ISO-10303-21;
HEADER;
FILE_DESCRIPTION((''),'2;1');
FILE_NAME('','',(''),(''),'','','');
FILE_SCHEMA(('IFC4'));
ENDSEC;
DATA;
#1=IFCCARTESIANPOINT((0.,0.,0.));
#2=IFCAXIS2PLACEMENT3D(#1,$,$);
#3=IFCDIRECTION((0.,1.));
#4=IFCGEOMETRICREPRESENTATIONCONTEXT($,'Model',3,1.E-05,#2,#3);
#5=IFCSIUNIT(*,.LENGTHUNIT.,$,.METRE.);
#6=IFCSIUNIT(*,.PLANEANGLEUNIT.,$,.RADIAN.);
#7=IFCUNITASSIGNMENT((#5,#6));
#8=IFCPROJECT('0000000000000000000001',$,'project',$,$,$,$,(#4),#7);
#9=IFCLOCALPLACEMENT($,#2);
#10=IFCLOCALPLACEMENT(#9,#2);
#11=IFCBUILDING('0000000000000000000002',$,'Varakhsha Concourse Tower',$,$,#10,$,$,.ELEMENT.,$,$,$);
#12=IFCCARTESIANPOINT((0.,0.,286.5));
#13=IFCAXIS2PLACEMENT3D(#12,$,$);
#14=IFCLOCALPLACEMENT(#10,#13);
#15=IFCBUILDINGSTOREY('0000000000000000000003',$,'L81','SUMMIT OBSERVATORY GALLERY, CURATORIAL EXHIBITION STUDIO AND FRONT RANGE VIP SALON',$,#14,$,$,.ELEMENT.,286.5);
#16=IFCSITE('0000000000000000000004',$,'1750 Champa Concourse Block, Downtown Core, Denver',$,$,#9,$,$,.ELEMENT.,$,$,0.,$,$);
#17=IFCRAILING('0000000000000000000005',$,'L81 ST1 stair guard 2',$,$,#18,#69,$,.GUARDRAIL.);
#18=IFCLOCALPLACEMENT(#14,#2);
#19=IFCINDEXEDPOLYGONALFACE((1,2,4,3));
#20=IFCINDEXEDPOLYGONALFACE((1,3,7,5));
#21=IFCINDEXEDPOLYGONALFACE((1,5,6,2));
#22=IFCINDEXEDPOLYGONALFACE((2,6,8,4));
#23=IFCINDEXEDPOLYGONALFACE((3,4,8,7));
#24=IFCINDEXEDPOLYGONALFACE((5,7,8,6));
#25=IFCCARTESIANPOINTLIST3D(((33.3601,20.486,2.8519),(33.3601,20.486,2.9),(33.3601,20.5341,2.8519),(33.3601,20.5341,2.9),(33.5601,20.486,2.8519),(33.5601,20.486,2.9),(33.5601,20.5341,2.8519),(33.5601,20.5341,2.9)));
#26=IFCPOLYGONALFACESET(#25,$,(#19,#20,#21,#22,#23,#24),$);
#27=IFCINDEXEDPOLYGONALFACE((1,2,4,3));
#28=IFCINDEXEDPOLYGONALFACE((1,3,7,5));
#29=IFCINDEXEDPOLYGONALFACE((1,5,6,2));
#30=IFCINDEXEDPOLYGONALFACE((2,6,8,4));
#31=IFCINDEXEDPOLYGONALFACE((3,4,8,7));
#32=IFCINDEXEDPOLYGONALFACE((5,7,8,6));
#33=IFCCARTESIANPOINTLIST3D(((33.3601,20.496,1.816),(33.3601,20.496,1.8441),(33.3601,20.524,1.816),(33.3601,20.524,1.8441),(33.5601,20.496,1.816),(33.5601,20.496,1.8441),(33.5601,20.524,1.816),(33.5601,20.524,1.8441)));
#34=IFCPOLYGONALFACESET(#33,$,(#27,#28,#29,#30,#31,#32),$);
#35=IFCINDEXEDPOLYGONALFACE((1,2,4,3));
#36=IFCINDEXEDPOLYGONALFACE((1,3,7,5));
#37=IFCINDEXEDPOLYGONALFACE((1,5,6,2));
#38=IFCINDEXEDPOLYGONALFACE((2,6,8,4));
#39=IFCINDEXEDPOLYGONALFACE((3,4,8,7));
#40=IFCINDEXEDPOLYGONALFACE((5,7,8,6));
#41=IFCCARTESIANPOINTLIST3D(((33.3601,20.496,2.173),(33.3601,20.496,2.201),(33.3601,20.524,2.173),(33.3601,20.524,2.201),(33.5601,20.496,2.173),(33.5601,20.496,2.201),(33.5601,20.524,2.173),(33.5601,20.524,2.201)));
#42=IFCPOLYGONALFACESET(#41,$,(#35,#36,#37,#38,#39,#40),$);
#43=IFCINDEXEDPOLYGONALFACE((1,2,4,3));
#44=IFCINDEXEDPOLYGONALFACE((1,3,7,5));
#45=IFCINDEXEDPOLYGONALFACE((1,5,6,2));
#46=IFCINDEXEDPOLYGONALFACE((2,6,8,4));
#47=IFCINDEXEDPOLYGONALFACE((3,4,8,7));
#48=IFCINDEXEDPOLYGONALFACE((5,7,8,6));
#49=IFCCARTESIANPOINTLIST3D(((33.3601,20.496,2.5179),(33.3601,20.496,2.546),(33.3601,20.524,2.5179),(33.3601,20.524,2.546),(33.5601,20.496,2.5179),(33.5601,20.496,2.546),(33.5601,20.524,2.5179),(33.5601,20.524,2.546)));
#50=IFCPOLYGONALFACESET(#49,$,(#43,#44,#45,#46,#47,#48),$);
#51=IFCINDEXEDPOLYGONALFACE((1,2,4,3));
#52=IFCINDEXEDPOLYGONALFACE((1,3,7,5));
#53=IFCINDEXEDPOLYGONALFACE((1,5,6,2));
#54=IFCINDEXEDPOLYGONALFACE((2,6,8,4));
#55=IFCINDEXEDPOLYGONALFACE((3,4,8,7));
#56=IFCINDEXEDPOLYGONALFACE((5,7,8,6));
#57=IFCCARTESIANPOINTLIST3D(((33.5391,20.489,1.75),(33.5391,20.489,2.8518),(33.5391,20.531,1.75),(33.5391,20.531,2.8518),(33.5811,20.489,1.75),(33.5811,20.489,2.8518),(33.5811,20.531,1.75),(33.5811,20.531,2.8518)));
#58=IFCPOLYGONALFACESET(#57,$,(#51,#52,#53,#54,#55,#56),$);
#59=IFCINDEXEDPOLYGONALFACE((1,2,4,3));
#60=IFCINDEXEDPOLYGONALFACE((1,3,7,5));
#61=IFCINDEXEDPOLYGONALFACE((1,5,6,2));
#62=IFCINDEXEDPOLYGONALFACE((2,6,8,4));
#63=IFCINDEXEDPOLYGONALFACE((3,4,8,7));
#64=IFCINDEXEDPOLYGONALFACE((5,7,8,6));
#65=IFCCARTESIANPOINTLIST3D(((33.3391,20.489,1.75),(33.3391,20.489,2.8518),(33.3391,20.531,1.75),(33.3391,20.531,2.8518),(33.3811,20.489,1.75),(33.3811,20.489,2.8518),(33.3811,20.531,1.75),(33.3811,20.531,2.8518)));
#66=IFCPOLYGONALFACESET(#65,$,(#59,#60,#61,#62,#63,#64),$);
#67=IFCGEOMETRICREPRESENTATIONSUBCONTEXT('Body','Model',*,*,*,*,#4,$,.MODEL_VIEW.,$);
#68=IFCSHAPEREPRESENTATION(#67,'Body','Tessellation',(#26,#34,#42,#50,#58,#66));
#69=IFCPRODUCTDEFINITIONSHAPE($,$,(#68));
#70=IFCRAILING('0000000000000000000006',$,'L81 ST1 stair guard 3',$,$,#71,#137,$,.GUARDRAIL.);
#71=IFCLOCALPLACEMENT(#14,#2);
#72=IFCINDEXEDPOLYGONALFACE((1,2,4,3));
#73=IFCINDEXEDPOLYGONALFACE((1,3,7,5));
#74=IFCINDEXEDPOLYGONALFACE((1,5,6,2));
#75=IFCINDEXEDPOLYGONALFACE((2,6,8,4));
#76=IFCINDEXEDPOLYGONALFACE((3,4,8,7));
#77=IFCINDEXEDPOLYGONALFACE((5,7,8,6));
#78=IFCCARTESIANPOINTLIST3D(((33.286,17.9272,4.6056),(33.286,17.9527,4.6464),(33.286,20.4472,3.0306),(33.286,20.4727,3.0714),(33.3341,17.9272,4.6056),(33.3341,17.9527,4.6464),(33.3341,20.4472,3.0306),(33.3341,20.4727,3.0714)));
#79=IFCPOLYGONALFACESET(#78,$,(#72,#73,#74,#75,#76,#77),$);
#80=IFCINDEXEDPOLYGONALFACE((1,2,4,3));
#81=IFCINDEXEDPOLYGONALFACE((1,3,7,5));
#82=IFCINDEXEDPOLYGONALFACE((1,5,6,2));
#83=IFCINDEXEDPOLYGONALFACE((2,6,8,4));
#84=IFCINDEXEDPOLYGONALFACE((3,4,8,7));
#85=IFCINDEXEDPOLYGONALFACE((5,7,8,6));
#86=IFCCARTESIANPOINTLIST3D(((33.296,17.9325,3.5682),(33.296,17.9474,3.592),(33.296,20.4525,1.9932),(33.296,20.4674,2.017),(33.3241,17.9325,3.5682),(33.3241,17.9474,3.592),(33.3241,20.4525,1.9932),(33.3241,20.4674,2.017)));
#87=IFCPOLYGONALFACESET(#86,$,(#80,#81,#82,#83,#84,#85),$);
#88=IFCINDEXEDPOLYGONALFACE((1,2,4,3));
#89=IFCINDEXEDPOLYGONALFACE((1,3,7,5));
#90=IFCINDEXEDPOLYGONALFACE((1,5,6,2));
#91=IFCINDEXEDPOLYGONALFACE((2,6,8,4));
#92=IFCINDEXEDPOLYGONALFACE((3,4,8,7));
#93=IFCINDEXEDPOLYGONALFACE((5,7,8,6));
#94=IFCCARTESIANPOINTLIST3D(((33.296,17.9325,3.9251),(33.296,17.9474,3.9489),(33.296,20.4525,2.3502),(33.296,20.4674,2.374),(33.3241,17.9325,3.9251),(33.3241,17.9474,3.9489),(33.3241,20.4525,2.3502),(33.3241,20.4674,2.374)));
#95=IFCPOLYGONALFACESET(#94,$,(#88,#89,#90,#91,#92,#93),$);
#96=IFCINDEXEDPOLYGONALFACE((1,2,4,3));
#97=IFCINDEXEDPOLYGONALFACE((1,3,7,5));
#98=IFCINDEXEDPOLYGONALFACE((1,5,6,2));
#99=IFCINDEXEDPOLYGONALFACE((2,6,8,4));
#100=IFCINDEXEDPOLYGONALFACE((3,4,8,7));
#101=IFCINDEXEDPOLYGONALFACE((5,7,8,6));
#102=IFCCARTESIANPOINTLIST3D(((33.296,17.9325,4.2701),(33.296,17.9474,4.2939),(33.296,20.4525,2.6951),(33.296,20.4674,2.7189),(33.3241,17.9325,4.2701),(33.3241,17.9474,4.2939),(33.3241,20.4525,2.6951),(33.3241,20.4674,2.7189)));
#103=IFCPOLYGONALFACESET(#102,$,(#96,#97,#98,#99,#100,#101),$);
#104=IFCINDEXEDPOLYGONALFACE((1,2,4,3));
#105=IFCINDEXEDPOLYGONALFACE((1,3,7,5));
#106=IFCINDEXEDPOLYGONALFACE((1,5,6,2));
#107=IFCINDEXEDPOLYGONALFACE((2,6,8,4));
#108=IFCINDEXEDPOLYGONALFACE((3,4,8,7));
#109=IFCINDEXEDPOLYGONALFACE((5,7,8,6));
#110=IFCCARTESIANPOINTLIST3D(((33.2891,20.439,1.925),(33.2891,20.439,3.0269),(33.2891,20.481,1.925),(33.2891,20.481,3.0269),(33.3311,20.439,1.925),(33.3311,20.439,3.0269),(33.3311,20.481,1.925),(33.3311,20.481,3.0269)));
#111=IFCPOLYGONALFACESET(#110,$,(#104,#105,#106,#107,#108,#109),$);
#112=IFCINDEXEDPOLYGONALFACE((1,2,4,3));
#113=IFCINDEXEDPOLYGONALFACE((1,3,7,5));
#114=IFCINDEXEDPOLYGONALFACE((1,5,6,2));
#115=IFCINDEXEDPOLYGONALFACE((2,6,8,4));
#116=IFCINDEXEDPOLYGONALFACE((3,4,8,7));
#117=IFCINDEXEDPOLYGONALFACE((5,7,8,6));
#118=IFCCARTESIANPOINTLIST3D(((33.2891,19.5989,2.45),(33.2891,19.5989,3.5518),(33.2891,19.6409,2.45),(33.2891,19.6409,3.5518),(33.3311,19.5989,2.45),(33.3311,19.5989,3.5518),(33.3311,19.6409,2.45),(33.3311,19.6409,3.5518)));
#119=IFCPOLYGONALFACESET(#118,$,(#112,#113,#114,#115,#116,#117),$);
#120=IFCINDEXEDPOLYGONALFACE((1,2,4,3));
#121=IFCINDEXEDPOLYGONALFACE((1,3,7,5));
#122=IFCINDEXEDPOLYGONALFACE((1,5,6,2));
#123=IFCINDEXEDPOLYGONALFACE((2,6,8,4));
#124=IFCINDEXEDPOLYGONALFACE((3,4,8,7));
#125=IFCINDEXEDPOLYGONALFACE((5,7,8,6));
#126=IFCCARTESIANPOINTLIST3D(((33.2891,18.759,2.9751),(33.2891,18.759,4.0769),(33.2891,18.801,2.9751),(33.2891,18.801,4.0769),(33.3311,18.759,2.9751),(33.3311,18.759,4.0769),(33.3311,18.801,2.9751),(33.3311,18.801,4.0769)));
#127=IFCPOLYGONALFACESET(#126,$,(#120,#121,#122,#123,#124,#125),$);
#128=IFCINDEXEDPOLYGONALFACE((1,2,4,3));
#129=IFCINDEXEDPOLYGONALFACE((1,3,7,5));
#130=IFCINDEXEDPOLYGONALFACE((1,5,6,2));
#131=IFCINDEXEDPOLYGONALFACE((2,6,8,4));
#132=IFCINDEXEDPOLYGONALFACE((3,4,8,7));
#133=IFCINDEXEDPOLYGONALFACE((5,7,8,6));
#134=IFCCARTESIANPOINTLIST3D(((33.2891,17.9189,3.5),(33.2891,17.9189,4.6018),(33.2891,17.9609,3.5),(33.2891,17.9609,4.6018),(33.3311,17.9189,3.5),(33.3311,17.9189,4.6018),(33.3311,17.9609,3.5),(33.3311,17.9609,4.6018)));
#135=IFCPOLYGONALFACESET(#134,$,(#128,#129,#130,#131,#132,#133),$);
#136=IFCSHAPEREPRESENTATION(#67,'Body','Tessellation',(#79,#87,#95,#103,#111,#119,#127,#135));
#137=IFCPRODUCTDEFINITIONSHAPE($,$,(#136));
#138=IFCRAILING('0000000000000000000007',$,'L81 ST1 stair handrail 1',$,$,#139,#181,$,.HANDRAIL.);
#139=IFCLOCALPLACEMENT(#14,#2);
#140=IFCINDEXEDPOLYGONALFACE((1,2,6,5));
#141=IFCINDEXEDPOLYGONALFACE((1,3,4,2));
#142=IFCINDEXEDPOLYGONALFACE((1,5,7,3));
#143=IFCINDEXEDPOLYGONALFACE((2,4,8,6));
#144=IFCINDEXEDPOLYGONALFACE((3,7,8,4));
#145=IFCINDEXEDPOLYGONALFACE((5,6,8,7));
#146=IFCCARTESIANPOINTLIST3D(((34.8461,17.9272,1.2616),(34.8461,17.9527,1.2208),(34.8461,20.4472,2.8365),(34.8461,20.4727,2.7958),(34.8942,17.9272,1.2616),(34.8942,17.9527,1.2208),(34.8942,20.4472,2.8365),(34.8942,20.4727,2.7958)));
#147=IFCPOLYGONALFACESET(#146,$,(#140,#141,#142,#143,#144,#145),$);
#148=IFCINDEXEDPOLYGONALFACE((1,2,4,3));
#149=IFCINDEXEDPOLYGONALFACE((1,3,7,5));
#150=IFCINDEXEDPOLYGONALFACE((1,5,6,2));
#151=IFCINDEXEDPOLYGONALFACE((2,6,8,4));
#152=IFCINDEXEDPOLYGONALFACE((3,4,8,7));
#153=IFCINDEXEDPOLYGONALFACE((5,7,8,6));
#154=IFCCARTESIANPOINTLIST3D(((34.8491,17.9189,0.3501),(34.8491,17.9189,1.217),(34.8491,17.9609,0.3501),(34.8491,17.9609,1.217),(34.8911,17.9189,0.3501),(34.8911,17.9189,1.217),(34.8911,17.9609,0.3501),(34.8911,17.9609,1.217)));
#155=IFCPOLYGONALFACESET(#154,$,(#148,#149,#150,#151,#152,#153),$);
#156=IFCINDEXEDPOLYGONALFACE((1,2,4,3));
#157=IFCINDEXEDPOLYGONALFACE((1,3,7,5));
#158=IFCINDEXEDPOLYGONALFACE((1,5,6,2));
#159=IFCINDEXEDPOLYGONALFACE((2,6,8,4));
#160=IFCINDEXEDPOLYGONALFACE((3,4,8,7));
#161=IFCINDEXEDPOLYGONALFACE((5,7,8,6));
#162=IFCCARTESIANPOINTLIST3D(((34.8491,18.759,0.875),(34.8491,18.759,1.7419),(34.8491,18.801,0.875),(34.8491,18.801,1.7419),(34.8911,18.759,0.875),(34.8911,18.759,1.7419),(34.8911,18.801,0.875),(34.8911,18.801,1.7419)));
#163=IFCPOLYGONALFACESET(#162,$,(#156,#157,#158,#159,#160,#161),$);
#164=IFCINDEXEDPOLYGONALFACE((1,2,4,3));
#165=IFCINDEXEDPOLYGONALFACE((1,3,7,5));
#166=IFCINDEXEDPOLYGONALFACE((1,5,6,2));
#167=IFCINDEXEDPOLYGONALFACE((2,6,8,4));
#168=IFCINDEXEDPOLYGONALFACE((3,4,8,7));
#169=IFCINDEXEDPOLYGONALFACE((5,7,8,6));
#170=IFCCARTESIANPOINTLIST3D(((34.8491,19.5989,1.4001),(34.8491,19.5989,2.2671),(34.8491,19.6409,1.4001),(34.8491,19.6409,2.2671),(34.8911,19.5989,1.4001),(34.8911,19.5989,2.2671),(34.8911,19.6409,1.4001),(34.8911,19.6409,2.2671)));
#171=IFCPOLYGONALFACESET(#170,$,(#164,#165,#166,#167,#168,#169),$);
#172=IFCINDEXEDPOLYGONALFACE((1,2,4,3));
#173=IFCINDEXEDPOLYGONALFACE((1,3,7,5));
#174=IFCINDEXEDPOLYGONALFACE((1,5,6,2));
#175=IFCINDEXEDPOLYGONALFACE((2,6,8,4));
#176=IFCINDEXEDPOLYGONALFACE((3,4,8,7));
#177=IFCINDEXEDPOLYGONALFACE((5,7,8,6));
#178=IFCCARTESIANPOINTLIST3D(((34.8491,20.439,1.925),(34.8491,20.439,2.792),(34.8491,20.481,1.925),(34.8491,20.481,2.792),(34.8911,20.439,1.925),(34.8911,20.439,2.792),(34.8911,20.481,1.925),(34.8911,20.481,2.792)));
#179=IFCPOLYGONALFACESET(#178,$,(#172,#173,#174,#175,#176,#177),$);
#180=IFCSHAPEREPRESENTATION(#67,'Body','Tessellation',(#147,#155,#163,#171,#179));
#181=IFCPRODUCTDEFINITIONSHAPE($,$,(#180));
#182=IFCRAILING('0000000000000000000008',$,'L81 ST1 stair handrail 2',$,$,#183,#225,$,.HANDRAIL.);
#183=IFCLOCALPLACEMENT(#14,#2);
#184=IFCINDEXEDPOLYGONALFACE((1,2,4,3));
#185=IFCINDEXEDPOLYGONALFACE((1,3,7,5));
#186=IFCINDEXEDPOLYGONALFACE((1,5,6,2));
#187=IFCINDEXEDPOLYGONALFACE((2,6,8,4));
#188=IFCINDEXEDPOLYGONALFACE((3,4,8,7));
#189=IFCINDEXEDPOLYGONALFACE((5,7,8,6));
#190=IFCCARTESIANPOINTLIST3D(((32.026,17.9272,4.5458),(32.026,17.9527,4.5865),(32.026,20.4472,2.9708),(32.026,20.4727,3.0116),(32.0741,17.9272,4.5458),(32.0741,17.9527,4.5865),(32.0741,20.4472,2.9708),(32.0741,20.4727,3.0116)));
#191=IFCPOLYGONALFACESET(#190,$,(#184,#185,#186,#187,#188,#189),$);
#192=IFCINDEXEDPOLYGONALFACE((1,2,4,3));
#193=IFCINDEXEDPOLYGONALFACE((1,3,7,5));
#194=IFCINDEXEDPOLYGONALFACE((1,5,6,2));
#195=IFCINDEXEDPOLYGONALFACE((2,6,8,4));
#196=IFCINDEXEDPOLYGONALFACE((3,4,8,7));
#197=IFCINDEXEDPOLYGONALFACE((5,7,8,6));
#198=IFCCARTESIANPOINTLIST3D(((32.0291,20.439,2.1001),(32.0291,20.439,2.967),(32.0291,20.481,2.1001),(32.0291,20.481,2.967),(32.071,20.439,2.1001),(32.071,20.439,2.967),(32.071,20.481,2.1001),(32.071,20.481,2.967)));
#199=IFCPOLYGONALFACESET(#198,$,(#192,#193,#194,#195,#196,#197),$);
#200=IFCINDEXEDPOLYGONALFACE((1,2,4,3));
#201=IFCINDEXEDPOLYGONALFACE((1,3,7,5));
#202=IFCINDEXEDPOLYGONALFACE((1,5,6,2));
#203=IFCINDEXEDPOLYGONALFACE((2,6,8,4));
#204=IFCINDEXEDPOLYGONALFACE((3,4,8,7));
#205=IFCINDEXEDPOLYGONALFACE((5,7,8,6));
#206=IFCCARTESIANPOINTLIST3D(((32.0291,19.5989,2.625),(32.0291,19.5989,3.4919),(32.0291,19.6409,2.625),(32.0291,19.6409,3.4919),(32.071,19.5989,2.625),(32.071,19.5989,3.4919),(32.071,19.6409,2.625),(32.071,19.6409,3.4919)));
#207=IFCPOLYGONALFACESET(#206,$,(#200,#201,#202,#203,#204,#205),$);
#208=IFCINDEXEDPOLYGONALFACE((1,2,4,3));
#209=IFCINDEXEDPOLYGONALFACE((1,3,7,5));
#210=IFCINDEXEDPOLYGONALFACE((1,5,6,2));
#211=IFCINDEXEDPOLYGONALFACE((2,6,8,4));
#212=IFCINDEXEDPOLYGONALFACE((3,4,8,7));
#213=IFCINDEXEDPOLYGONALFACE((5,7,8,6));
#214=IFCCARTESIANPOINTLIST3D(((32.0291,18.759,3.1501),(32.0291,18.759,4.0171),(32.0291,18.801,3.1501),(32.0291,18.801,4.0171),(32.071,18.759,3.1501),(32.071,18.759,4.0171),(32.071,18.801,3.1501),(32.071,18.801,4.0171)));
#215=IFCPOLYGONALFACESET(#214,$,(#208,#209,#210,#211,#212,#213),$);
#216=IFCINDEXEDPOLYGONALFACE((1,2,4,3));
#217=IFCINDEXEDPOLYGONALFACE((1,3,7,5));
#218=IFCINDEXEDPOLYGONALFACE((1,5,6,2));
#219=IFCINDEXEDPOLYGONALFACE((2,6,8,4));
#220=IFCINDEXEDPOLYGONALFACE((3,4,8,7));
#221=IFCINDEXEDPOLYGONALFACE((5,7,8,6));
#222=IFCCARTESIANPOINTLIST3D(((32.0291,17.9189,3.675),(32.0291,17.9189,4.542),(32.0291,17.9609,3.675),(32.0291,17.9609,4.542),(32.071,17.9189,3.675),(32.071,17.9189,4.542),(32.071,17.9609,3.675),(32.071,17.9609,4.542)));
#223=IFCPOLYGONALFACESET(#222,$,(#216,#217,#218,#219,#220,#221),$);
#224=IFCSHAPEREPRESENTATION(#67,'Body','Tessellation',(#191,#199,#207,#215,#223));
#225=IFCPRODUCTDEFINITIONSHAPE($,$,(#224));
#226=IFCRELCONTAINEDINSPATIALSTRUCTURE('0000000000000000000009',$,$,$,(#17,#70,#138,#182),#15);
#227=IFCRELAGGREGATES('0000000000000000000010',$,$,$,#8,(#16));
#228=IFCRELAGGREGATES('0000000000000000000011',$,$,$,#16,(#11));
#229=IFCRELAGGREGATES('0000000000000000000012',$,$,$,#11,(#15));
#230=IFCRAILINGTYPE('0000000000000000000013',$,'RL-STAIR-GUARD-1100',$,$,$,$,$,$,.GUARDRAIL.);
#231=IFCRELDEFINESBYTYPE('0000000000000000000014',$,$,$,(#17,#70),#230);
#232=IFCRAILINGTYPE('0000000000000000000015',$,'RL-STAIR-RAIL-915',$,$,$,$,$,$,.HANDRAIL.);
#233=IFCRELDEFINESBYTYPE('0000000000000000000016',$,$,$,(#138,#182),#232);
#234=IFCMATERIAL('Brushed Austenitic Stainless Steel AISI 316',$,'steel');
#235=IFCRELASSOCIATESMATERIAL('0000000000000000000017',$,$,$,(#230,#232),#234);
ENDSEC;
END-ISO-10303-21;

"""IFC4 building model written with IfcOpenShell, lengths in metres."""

from ifc_helpers import new_model, si_unit, direction, frame, origin, origin_2d, place, context, subcontext, project, spatial, rectangle, extrude, material, type_object, element, save


model = new_model("IFC4")

# Units and contexts
model_context = context("Model", 3, precision=1e-05, world=origin(), true_north=direction((0.0, 1.0)))
body_context = subcontext(model_context, "Body", "Model", "MODEL_VIEW")
ifc_project = project(units=[si_unit("LENGTHUNIT", "METRE"), si_unit("PLANEANGLEUNIT", "RADIAN")], contexts=[model_context])

# Site, building, storey
site_placement = place(None, origin())
site = spatial("IfcSite", under=ifc_project, at=site_placement, Name="1750 Champa Concourse Block, Downtown Core, Denver", CompositionType="ELEMENT", RefElevation=0.0)
building_placement = place(site_placement, origin())
building = spatial("IfcBuilding", under=site, at=building_placement, Name="Varakhsha Concourse Tower", CompositionType="ELEMENT")
storey_placement = place(building_placement, frame((0.0, 0.0, 286.5)))
storey = spatial("IfcBuildingStorey", under=building, at=storey_placement, Name="L81", Description="SUMMIT OBSERVATORY GALLERY, CURATORIAL EXHIBITION STUDIO AND FRONT RANGE VIP SALON", CompositionType="ELEMENT", Elevation=286.5)

# Shared definitions
ifc_material_1 = material(Name="Brushed Austenitic Stainless Steel AISI 316", Category="steel")

# Railings
railing_type_1 = type_object("IfcRailingType", Name="RL-STAIR-GUARD-1100", PredefinedType="GUARDRAIL", material=ifc_material_1)
railing_1_placement = place(storey_placement, frame((33.5601, 20.51, 1.75)))
element("IfcRailing", 1, at=railing_1_placement, inside=storey, type_object=railing_type_1, Name="L81 ST1 stair guard 2", PredefinedType="GUARDRAIL", context=body_context, shape_type="SweptSolid", body=[
    extrude(rectangle(XDim=0.0481, YDim=0.0481, at=origin_2d()), frame((0.0, 0.0, 1.126), z_axis=(-1.0, 0.0, 0.0), x_axis=(0.0, -1.0, 0.0)), (0.0, 0.0, 1.0), 0.2),
    extrude(rectangle(XDim=0.0281, YDim=0.0281, at=origin_2d()), frame((0.0, 0.0, 0.0801), z_axis=(-1.0, 0.0, 0.0), x_axis=(0.0, -1.0, 0.0)), (0.0, 0.0, 1.0), 0.2),
    extrude(rectangle(XDim=0.0281, YDim=0.0281, at=origin_2d()), frame((0.0, 0.0, 0.437), z_axis=(-1.0, 0.0, 0.0), x_axis=(0.0, -1.0, 0.0)), (0.0, 0.0, 1.0), 0.2),
    extrude(rectangle(XDim=0.0281, YDim=0.0281, at=origin_2d()), frame((0.0, 0.0, 0.782), z_axis=(-1.0, 0.0, 0.0), x_axis=(0.0, -1.0, 0.0)), (0.0, 0.0, 1.0), 0.2),
    extrude(rectangle(XDim=0.042, YDim=0.042, at=origin_2d()), origin(), (0.0, 0.0, 1.0), 1.1018),
    extrude(rectangle(XDim=0.042, YDim=0.042, at=origin_2d()), frame((-0.2, 0.0, 0.0)), (0.0, 0.0, 1.0), 1.1018),
])
railing_2_placement = place(storey_placement, frame((33.3101, 20.46, 1.925)))
element("IfcRailing", 2, at=railing_2_placement, inside=storey, type_object=railing_type_1, Name="L81 ST1 stair guard 3", PredefinedType="GUARDRAIL", context=body_context, shape_type="SweptSolid", body=[
    extrude(rectangle(XDim=0.0481, YDim=0.0481, at=origin_2d()), frame((0.0, 0.0, 1.126), z_axis=(0.0, -0.848008, 0.529984), x_axis=(1.0, 0.0, 0.0)), (0.0, 0.0, 1.0), 2.9717),
    extrude(rectangle(XDim=0.0281, YDim=0.0281, at=origin_2d()), frame((0.0, 0.0, 0.0801), z_axis=(0.0, -0.848008, 0.529984), x_axis=(1.0, 0.0, 0.0)), (0.0, 0.0, 1.0), 2.9717),
    extrude(rectangle(XDim=0.0281, YDim=0.0281, at=origin_2d()), frame((0.0, 0.0, 0.437), z_axis=(0.0, -0.848008, 0.529984), x_axis=(1.0, 0.0, 0.0)), (0.0, 0.0, 1.0), 2.9717),
    extrude(rectangle(XDim=0.0281, YDim=0.0281, at=origin_2d()), frame((0.0, 0.0, 0.782), z_axis=(0.0, -0.848008, 0.529984), x_axis=(1.0, 0.0, 0.0)), (0.0, 0.0, 1.0), 2.9717),
    extrude(rectangle(XDim=0.042, YDim=0.042, at=origin_2d()), origin(), (0.0, 0.0, 1.0), 1.1018),
    extrude(rectangle(XDim=0.042, YDim=0.042, at=origin_2d()), frame((0.0, -0.8401, 0.5249)), (0.0, 0.0, 1.0), 1.1018),
    extrude(rectangle(XDim=0.042, YDim=0.042, at=origin_2d()), frame((0.0, -1.6799, 1.05)), (0.0, 0.0, 1.0), 1.1018),
    extrude(rectangle(XDim=0.042, YDim=0.042, at=origin_2d()), frame((0.0, -2.52, 1.575)), (0.0, 0.0, 1.0), 1.1018),
])
railing_type_2 = type_object("IfcRailingType", Name="RL-STAIR-RAIL-915", PredefinedType="HANDRAIL", material=ifc_material_1)
railing_3_placement = place(storey_placement, frame((34.8701, 17.9399, 0.3501)))
element("IfcRailing", 3, at=railing_3_placement, inside=storey, type_object=railing_type_2, Name="L81 ST1 stair handrail 1", PredefinedType="HANDRAIL", context=body_context, shape_type="SweptSolid", body=[
    extrude(rectangle(XDim=0.0481, YDim=0.0481, at=origin_2d()), frame((0.0, 0.0, 0.8911), z_axis=(0.0, 0.848008, 0.529984), x_axis=(-1.0, 0.0, 0.0)), (0.0, 0.0, 1.0), 2.9717),
    extrude(rectangle(XDim=0.042, YDim=0.042, at=origin_2d()), origin(), (0.0, 0.0, 1.0), 0.8669),
    extrude(rectangle(XDim=0.042, YDim=0.042, at=origin_2d()), frame((0.0, 0.8401, 0.5249)), (0.0, 0.0, 1.0), 0.8669),
    extrude(rectangle(XDim=0.042, YDim=0.042, at=origin_2d()), frame((0.0, 1.6799, 1.05)), (0.0, 0.0, 1.0), 0.8669),
    extrude(rectangle(XDim=0.042, YDim=0.042, at=origin_2d()), frame((0.0, 2.52, 1.575)), (0.0, 0.0, 1.0), 0.8669),
])
railing_4_placement = place(storey_placement, frame((32.05, 20.46, 2.1001)))
element("IfcRailing", 4, at=railing_4_placement, inside=storey, type_object=railing_type_2, Name="L81 ST1 stair handrail 2", PredefinedType="HANDRAIL", context=body_context, shape_type="SweptSolid", body=[
    extrude(rectangle(XDim=0.0481, YDim=0.0481, at=origin_2d()), frame((0.0, 0.0, 0.8911), z_axis=(0.0, -0.848008, 0.529984), x_axis=(1.0, 0.0, 0.0)), (0.0, 0.0, 1.0), 2.9717),
    extrude(rectangle(XDim=0.042, YDim=0.042, at=origin_2d()), origin(), (0.0, 0.0, 1.0), 0.8669),
    extrude(rectangle(XDim=0.042, YDim=0.042, at=origin_2d()), frame((0.0, -0.8401, 0.5249)), (0.0, 0.0, 1.0), 0.8669),
    extrude(rectangle(XDim=0.042, YDim=0.042, at=origin_2d()), frame((0.0, -1.6799, 1.05)), (0.0, 0.0, 1.0), 0.8669),
    extrude(rectangle(XDim=0.042, YDim=0.042, at=origin_2d()), frame((0.0, -2.52, 1.575)), (0.0, 0.0, 1.0), 0.8669),
])

save(model, "model.ifc")
